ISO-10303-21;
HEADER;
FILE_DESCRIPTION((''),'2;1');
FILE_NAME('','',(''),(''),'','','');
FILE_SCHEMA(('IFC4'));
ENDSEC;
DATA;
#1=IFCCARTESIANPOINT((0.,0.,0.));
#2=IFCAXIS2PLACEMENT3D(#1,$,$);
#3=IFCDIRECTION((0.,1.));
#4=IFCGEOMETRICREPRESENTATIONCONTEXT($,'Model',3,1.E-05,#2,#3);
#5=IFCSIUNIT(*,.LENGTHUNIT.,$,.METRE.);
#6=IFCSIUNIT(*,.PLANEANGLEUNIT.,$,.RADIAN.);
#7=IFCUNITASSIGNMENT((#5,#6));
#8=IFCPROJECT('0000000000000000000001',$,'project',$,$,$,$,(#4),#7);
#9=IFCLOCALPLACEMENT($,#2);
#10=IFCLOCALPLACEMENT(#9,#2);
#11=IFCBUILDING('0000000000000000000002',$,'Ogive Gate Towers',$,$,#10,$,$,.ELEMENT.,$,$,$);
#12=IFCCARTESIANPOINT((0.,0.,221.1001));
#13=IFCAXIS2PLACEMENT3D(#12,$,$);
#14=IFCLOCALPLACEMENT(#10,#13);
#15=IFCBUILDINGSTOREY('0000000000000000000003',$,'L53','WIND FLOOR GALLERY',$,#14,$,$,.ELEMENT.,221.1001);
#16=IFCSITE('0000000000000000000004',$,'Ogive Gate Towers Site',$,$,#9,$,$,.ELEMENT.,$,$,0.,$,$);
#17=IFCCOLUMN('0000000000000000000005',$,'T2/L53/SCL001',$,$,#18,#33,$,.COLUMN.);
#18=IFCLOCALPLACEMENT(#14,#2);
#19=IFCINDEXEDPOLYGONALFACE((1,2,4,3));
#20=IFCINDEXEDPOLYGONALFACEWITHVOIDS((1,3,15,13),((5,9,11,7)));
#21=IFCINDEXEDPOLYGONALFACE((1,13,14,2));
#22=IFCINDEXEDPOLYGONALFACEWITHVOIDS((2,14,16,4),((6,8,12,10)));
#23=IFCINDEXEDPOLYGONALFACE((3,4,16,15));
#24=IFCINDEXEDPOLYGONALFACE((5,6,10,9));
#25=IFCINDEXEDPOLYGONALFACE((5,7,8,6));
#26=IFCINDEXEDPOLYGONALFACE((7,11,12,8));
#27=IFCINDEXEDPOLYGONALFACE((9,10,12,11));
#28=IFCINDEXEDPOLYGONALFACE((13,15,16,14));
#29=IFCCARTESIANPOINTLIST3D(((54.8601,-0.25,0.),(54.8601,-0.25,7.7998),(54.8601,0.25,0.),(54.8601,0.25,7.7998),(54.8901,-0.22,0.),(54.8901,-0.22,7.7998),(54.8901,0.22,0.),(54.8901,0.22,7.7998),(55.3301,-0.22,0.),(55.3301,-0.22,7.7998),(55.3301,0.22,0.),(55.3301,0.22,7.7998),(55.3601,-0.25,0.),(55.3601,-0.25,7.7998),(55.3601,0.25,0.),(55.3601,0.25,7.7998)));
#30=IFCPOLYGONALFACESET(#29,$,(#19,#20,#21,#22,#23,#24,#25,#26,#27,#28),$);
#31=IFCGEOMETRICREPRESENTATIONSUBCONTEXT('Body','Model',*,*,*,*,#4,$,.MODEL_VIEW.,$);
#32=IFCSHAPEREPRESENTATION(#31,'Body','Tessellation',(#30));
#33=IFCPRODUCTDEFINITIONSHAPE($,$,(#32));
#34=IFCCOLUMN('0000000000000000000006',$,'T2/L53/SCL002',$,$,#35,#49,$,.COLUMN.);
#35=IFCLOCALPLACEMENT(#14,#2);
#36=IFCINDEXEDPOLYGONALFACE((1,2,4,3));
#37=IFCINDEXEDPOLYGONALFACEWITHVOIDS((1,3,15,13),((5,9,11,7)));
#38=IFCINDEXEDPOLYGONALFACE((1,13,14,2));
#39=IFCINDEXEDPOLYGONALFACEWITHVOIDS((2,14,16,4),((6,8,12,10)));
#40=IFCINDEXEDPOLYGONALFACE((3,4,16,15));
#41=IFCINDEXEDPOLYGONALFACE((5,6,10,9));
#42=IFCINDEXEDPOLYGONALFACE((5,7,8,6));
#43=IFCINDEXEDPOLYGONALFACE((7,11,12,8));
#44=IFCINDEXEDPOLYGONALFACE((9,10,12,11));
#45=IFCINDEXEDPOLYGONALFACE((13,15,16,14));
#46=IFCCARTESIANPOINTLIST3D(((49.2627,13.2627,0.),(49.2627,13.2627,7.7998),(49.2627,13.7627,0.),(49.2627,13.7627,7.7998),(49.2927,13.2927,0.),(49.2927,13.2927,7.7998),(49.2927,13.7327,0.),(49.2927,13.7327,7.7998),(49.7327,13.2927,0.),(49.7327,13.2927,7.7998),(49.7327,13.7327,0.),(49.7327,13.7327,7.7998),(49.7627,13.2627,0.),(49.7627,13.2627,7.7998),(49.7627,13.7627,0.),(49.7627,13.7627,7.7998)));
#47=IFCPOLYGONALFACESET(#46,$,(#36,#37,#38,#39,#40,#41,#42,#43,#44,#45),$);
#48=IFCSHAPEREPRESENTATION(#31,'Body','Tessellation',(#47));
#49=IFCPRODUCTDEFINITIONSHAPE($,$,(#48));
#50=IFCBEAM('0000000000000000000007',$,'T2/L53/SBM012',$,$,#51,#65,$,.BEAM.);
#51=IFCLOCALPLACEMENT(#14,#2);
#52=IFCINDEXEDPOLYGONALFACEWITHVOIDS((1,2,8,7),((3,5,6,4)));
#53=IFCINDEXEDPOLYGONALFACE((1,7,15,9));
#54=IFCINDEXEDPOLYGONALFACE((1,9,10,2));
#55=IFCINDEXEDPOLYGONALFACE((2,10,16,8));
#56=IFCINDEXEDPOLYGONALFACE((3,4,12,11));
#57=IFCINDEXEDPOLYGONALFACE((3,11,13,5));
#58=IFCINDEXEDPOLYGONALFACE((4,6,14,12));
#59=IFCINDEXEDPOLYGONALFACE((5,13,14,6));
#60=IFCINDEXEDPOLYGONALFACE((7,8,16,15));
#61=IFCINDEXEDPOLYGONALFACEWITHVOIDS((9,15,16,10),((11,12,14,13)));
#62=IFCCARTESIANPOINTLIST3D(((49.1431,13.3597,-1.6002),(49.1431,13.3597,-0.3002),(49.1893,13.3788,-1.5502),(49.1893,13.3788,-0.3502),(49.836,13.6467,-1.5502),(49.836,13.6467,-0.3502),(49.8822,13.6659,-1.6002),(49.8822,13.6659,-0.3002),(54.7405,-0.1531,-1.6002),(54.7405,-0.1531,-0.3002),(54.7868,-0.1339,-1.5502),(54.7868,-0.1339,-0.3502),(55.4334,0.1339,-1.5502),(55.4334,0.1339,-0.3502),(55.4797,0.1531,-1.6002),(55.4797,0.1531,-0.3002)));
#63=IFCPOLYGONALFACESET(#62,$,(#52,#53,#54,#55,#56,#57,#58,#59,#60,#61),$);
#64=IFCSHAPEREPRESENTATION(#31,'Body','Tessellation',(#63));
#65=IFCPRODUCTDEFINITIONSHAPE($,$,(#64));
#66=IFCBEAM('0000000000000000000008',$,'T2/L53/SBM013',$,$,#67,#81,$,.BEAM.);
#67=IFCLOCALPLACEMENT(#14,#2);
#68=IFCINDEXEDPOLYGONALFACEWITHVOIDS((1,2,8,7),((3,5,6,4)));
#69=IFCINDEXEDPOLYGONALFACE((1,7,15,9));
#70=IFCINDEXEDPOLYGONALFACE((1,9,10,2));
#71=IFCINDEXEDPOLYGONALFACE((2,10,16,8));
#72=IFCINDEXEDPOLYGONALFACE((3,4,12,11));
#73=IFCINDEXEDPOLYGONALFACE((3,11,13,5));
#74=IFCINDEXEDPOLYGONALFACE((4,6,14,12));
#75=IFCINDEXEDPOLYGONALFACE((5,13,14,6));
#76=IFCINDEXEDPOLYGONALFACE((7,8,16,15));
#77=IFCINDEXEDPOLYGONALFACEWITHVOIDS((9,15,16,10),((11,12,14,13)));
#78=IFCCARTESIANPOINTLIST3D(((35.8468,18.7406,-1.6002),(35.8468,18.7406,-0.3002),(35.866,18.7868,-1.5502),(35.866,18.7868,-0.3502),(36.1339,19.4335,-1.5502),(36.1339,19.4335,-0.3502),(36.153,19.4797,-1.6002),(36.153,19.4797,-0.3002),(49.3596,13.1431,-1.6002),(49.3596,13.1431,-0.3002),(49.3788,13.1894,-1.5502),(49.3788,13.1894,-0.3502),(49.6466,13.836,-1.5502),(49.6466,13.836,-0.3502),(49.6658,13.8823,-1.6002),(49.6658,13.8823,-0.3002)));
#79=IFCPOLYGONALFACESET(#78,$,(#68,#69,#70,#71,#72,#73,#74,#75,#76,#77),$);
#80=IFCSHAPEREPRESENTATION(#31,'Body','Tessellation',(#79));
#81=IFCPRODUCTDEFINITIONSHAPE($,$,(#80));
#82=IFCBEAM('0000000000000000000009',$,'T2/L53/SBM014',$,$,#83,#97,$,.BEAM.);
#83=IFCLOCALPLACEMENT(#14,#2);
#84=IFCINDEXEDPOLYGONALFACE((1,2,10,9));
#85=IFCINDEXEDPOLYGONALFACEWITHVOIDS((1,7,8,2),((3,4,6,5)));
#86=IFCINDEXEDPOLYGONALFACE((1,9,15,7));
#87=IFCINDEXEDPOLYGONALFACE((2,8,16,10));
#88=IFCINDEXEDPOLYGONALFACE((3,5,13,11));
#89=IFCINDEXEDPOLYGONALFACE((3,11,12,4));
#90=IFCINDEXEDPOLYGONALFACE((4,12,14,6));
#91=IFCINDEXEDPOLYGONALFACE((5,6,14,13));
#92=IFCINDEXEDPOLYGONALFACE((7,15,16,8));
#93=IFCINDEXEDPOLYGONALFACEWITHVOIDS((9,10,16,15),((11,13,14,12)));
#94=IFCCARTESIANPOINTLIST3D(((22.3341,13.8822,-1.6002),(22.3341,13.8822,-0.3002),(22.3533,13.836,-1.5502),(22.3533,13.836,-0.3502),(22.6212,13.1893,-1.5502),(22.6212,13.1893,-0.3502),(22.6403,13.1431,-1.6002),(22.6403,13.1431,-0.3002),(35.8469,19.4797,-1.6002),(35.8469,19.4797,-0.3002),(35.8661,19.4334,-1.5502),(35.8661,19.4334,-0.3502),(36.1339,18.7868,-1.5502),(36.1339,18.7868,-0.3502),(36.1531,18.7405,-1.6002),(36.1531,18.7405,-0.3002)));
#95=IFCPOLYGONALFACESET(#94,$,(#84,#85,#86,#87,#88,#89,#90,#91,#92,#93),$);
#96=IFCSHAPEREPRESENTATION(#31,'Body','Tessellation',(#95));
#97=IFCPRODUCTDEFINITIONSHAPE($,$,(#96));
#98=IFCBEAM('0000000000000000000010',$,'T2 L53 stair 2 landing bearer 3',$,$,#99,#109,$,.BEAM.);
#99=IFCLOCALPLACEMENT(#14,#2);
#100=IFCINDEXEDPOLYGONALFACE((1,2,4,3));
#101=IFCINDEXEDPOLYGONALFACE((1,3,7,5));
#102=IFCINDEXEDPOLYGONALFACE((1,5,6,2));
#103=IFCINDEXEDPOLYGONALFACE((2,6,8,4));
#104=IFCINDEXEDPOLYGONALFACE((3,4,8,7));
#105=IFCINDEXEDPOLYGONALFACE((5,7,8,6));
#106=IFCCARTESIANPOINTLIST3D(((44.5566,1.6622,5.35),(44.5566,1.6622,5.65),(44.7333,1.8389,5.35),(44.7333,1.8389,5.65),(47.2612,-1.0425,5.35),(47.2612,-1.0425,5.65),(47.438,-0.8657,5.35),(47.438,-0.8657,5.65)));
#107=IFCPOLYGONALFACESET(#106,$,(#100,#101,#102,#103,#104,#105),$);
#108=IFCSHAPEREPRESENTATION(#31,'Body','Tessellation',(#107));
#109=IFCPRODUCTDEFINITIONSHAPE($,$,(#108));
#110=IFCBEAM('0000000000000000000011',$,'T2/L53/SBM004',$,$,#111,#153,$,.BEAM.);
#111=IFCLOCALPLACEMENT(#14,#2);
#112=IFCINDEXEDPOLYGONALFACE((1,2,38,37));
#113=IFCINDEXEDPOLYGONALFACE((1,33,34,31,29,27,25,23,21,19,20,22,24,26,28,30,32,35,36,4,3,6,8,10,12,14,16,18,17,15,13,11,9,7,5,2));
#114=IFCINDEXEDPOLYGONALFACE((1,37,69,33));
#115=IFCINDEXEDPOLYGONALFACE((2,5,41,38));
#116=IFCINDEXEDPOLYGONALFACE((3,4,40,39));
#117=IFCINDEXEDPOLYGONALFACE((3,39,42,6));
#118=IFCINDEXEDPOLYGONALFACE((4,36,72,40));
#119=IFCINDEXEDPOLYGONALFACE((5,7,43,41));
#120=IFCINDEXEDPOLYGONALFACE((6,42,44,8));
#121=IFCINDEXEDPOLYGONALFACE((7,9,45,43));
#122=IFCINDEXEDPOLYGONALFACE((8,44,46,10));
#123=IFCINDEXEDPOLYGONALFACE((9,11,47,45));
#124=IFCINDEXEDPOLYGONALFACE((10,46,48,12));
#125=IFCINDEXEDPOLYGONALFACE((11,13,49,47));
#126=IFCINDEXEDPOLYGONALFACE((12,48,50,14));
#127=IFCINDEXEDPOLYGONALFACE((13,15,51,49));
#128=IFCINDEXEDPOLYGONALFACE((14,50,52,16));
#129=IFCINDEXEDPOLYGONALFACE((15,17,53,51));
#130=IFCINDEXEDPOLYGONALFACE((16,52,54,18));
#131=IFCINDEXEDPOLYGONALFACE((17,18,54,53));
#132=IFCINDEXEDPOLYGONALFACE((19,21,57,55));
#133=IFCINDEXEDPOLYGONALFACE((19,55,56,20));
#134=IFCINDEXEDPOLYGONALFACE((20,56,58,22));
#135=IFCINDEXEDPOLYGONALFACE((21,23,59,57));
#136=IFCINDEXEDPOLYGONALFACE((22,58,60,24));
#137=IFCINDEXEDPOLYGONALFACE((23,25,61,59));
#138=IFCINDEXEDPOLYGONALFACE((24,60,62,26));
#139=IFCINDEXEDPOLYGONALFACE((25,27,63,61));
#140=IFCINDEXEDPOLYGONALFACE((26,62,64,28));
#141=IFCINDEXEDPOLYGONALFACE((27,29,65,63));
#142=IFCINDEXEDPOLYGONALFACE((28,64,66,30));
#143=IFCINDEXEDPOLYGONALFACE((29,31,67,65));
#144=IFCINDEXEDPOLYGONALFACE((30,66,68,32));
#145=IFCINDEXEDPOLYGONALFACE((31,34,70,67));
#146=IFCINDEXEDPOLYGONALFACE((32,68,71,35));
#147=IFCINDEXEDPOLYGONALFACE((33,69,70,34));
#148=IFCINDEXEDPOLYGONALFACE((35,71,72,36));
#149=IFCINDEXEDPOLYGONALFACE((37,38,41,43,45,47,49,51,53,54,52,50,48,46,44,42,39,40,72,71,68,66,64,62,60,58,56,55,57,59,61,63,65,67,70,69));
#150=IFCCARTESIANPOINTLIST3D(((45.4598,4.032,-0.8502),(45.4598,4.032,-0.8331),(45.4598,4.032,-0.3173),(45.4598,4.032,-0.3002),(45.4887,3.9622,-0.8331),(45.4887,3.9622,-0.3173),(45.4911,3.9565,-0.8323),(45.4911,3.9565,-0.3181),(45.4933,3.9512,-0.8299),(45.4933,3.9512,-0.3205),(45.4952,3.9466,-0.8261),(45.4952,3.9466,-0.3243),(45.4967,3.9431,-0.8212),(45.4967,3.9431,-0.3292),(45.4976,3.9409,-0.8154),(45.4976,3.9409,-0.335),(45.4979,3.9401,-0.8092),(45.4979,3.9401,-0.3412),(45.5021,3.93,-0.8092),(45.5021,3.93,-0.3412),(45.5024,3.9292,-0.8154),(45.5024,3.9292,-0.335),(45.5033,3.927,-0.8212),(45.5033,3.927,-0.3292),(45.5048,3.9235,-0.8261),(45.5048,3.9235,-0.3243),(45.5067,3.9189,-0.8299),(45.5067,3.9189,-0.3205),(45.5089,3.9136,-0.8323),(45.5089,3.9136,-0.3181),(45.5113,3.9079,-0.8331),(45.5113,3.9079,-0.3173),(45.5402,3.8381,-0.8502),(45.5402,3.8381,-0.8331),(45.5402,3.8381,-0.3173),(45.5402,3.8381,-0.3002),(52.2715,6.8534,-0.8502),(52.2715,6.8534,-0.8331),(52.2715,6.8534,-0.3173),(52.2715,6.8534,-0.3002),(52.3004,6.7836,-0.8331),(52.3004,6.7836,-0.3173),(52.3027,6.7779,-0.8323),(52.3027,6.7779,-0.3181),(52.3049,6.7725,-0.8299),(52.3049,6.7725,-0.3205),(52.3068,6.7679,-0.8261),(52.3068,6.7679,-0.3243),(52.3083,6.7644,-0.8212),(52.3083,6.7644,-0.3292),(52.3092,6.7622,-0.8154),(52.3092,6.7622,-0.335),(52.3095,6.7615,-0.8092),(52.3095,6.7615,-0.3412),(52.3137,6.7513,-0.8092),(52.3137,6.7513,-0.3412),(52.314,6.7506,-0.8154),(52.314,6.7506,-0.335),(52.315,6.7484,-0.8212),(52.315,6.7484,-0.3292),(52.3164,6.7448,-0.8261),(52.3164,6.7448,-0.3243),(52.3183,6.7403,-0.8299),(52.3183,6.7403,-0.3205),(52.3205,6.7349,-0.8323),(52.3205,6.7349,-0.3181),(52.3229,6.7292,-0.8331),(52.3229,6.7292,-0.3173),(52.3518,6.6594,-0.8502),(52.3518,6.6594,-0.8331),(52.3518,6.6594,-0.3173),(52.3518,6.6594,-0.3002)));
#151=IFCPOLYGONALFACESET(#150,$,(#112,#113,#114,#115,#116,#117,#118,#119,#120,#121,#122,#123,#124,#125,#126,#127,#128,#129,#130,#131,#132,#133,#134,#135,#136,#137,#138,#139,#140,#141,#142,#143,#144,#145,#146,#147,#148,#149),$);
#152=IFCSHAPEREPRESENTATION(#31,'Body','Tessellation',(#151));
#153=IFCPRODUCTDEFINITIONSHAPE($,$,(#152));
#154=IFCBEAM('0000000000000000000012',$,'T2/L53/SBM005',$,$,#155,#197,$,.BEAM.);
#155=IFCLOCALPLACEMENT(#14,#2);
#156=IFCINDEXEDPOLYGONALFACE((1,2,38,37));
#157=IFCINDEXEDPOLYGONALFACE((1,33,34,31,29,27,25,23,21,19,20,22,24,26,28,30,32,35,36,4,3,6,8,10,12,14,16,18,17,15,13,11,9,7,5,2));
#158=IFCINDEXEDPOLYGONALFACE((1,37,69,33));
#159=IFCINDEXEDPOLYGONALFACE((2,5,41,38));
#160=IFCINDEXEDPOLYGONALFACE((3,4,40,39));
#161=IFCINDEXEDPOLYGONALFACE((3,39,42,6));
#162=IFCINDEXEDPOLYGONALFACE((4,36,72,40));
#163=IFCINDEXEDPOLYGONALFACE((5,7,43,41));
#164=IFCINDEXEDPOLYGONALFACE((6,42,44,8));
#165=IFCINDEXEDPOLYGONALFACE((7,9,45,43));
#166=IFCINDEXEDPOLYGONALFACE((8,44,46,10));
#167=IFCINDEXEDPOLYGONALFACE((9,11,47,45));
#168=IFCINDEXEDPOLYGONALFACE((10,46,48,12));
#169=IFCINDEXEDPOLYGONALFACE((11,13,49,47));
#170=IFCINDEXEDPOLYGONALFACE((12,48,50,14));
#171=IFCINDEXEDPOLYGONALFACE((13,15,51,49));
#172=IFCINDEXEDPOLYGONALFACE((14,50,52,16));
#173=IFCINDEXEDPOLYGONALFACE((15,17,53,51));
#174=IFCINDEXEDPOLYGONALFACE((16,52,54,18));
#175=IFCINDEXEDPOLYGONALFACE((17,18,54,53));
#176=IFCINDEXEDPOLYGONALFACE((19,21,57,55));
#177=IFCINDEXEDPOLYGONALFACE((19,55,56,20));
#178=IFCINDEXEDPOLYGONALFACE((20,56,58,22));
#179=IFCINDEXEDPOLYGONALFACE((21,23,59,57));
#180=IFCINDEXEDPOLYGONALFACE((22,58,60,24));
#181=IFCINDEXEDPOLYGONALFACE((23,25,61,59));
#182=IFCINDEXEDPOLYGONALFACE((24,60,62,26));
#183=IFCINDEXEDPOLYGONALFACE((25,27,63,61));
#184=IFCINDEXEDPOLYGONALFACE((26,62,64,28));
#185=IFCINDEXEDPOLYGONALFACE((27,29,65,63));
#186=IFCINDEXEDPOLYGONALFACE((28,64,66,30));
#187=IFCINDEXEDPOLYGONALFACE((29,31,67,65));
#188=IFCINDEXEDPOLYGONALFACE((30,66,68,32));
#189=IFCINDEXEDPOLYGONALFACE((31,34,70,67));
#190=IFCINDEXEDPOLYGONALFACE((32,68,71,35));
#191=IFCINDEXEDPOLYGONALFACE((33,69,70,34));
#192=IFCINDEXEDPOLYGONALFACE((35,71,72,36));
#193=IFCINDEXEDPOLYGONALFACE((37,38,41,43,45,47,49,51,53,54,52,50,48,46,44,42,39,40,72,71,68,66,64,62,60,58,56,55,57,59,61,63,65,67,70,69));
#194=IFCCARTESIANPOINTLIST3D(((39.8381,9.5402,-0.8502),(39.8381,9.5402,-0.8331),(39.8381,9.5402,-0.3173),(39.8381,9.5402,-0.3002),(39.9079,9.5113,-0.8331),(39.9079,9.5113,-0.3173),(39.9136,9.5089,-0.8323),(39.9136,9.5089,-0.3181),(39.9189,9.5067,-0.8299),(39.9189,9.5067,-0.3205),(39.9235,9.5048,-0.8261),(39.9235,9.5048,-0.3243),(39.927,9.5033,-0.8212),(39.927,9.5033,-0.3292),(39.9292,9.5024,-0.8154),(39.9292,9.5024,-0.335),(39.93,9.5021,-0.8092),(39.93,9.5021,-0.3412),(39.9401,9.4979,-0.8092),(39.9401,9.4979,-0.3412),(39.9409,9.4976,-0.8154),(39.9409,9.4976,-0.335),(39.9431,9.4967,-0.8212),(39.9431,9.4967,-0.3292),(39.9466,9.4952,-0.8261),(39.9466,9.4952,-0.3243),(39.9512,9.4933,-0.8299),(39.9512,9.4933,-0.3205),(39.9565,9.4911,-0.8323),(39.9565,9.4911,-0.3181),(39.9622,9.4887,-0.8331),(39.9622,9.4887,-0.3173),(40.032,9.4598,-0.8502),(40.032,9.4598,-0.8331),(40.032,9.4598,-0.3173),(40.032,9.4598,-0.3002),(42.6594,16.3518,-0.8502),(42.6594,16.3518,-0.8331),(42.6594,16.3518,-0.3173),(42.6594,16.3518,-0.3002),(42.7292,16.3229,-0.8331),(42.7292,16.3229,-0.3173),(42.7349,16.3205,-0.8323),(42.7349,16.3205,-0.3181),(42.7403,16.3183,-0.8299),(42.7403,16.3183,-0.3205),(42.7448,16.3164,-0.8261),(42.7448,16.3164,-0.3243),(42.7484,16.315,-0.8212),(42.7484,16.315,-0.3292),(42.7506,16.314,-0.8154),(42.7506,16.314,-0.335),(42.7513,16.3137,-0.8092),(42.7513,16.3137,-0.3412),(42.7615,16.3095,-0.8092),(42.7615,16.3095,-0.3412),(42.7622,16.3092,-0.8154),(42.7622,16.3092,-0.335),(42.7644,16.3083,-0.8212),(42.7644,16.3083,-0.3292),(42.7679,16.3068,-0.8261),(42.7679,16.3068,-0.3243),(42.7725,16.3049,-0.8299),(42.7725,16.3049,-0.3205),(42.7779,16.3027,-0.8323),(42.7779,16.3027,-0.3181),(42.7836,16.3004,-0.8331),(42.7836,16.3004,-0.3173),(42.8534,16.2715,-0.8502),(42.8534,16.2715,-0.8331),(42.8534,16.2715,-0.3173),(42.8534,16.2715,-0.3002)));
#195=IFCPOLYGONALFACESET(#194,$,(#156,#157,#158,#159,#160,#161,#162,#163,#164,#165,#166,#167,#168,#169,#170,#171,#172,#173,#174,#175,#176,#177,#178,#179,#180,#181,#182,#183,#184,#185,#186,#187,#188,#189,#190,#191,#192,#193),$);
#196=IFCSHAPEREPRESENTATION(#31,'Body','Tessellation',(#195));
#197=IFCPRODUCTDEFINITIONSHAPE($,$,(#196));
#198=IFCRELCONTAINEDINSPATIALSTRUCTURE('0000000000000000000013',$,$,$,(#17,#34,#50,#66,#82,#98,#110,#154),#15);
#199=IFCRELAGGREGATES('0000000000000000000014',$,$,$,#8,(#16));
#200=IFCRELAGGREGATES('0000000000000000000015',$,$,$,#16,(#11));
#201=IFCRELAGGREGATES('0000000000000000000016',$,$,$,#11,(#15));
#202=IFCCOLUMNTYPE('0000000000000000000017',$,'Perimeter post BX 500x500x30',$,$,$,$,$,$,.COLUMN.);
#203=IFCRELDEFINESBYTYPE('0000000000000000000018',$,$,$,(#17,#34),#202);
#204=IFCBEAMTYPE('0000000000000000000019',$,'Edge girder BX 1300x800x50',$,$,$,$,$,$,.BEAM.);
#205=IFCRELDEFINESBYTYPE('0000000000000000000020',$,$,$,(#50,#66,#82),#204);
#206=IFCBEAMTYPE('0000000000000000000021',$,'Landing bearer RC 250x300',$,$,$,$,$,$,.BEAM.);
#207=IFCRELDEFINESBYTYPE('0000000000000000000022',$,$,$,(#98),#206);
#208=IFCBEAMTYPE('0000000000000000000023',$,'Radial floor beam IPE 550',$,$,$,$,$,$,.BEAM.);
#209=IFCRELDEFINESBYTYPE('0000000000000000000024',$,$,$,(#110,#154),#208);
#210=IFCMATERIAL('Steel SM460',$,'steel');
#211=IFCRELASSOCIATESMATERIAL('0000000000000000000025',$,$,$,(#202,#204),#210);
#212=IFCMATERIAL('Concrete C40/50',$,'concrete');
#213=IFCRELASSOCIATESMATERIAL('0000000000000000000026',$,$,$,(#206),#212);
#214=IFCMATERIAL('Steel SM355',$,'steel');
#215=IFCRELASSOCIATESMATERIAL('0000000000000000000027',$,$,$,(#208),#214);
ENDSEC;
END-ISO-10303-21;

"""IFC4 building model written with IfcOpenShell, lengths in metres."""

from ifc_helpers import new_model, si_unit, direction, frame, origin, origin_2d, place, context, subcontext, project, spatial, rectangle, hollow_rectangle, i_section, extrude, material, material_profile, profile_set, type_object, element, save


model = new_model("IFC4")

# Units and contexts
model_context = context("Model", 3, precision=1e-05, world=origin(), true_north=direction((0.0, 1.0)))
body_context = subcontext(model_context, "Body", "Model", "MODEL_VIEW")
ifc_project = project(units=[si_unit("LENGTHUNIT", "METRE"), si_unit("PLANEANGLEUNIT", "RADIAN")], contexts=[model_context])

# Site, building, storey
site_placement = place(None, origin())
site = spatial("IfcSite", under=ifc_project, at=site_placement, Name="Ogive Gate Towers Site", CompositionType="ELEMENT", RefElevation=0.0)
building_placement = place(site_placement, origin())
building = spatial("IfcBuilding", under=site, at=building_placement, Name="Ogive Gate Towers", CompositionType="ELEMENT")
storey_placement = place(building_placement, frame((0.0, 0.0, 221.1001)))
storey = spatial("IfcBuildingStorey", under=building, at=storey_placement, Name="L53", Description="WIND FLOOR GALLERY", CompositionType="ELEMENT", Elevation=221.1001)

# Columns
ifc_material_1 = material(Name="Steel SM460", Category="steel")
ifc_material_profile_1 = material_profile(ifc_material_1, hollow_rectangle(XDim=0.5, YDim=0.5, WallThickness=0.03, at=origin_2d()), Name="BX 500x500x30")
ifc_profile_set_1 = profile_set([ifc_material_profile_1], Name="Steel SM460")
column_type = type_object("IfcColumnType", Name="Perimeter post BX 500x500x30", PredefinedType="COLUMN", material=ifc_profile_set_1)
for number, where, z_axis, x_axis, name in (
    (1, (55.1101, 0.0, 0.0), (0.0, 0.0, 1.0), (1.0, 0.0, 0.0), "T2/L53/SCL001"),
    (2, (49.5127, 13.5127, 0.0), (0.0, 0.0, 1.0), (1.0, 0.0, 0.0), "T2/L53/SCL002"),
):
    element("IfcColumn", number, at=place(storey_placement, frame(where, z_axis=z_axis, x_axis=x_axis)), inside=storey, type_object=column_type, Name=name, PredefinedType="COLUMN", context=body_context, shape_type="SweptSolid", body=[
        extrude(hollow_rectangle(XDim=0.5, YDim=0.5, WallThickness=0.03, at=origin_2d()), origin(), (0.0, 0.0, 1.0), 7.7998),
    ])

# Beams
ifc_material_profile_2 = material_profile(ifc_material_1, hollow_rectangle(XDim=0.8, YDim=1.3, WallThickness=0.05, at=origin_2d()), Name="BX 1300x800x50")
ifc_profile_set_2 = profile_set([ifc_material_profile_2], Name="Steel SM460")
beam_type_1 = type_object("IfcBeamType", Name="Edge girder BX 1300x800x50", PredefinedType="BEAM", material=ifc_profile_set_2)
for number, where, z_axis, x_axis, name in (
    (3, (55.1101, 0.0, -0.9502), (-0.382699, 0.923873, 0.0), (-0.923873, -0.382699, 0.0), "T2/L53/SBM012"),
    (4, (49.5127, 13.5127, -0.9502), (-0.923873, 0.382699, 0.0), (-0.382699, -0.923873, 0.0), "T2/L53/SBM013"),
    (5, (36.0, 19.1101, -0.9502), (-0.923873, -0.382699, 0.0), (0.382699, -0.923873, 0.0), "T2/L53/SBM014"),
):
    element("IfcBeam", number, at=place(storey_placement, frame(where, z_axis=z_axis, x_axis=x_axis)), inside=storey, type_object=beam_type_1, Name=name, PredefinedType="BEAM", context=body_context, shape_type="SweptSolid", body=[
        extrude(hollow_rectangle(XDim=0.8, YDim=1.3, WallThickness=0.05, at=origin_2d()), origin(), (0.0, 0.0, 1.0), 14.6262),
    ])
ifc_material_2 = material(Name="Concrete C40/50", Category="concrete")
ifc_material_profile_3 = material_profile(ifc_material_2, rectangle(XDim=0.25, YDim=0.3, at=origin_2d()), Name="RC 250x300")
ifc_profile_set_3 = profile_set([ifc_material_profile_3], Name="Concrete C40/50")
beam_type_2 = type_object("IfcBeamType", Name="Landing bearer RC 250x300", PredefinedType="BEAM", material=ifc_profile_set_3)
beam_placement = place(storey_placement, frame((47.3496, -0.9541, 5.5), z_axis=(-0.707107, 0.707107, 0.0), x_axis=(-0.707107, -0.707107, 0.0)))
element("IfcBeam", 6, at=beam_placement, inside=storey, type_object=beam_type_2, Name="T2 L53 stair 2 landing bearer 3", PredefinedType="BEAM", context=body_context, shape_type="SweptSolid", body=[
    extrude(rectangle(XDim=0.25, YDim=0.3, at=origin_2d()), origin(), (0.0, 0.0, 1.0), 3.825),
])
ifc_material_3 = material(Name="Steel SM355", Category="steel")
ifc_material_profile_4 = material_profile(ifc_material_3, i_section(OverallWidth=0.21, OverallDepth=0.55, WebThickness=0.011, FlangeThickness=0.0171, FilletRadius=0.0239, at=origin_2d()), Name="IPE 550")
ifc_profile_set_4 = profile_set([ifc_material_profile_4], Name="Steel SM355")
beam_type_3 = type_object("IfcBeamType", Name="Radial floor beam IPE 550", PredefinedType="BEAM", material=ifc_profile_set_4)
for number, where, z_axis, x_axis, name in (
    (7, (45.5, 3.9351, -0.5752), (0.923886, 0.382668, 0.0), (-0.382668, 0.923886, 0.0), "T2/L53/SBM004"),
    (8, (39.9351, 9.5, -0.5752), (0.382668, 0.923886, 0.0), (-0.923886, 0.382668, 0.0), "T2/L53/SBM005"),
):
    element("IfcBeam", number, at=place(storey_placement, frame(where, z_axis=z_axis, x_axis=x_axis)), inside=storey, type_object=beam_type_3, Name=name, PredefinedType="BEAM", context=body_context, shape_type="SweptSolid", body=[
        extrude(i_section(OverallWidth=0.21, OverallDepth=0.55, WebThickness=0.011, FlangeThickness=0.0171, FilletRadius=0.0239, at=origin_2d()), origin(), (0.0, 0.0, 1.0), 7.3728),
    ])

save(model, "model.ifc")
